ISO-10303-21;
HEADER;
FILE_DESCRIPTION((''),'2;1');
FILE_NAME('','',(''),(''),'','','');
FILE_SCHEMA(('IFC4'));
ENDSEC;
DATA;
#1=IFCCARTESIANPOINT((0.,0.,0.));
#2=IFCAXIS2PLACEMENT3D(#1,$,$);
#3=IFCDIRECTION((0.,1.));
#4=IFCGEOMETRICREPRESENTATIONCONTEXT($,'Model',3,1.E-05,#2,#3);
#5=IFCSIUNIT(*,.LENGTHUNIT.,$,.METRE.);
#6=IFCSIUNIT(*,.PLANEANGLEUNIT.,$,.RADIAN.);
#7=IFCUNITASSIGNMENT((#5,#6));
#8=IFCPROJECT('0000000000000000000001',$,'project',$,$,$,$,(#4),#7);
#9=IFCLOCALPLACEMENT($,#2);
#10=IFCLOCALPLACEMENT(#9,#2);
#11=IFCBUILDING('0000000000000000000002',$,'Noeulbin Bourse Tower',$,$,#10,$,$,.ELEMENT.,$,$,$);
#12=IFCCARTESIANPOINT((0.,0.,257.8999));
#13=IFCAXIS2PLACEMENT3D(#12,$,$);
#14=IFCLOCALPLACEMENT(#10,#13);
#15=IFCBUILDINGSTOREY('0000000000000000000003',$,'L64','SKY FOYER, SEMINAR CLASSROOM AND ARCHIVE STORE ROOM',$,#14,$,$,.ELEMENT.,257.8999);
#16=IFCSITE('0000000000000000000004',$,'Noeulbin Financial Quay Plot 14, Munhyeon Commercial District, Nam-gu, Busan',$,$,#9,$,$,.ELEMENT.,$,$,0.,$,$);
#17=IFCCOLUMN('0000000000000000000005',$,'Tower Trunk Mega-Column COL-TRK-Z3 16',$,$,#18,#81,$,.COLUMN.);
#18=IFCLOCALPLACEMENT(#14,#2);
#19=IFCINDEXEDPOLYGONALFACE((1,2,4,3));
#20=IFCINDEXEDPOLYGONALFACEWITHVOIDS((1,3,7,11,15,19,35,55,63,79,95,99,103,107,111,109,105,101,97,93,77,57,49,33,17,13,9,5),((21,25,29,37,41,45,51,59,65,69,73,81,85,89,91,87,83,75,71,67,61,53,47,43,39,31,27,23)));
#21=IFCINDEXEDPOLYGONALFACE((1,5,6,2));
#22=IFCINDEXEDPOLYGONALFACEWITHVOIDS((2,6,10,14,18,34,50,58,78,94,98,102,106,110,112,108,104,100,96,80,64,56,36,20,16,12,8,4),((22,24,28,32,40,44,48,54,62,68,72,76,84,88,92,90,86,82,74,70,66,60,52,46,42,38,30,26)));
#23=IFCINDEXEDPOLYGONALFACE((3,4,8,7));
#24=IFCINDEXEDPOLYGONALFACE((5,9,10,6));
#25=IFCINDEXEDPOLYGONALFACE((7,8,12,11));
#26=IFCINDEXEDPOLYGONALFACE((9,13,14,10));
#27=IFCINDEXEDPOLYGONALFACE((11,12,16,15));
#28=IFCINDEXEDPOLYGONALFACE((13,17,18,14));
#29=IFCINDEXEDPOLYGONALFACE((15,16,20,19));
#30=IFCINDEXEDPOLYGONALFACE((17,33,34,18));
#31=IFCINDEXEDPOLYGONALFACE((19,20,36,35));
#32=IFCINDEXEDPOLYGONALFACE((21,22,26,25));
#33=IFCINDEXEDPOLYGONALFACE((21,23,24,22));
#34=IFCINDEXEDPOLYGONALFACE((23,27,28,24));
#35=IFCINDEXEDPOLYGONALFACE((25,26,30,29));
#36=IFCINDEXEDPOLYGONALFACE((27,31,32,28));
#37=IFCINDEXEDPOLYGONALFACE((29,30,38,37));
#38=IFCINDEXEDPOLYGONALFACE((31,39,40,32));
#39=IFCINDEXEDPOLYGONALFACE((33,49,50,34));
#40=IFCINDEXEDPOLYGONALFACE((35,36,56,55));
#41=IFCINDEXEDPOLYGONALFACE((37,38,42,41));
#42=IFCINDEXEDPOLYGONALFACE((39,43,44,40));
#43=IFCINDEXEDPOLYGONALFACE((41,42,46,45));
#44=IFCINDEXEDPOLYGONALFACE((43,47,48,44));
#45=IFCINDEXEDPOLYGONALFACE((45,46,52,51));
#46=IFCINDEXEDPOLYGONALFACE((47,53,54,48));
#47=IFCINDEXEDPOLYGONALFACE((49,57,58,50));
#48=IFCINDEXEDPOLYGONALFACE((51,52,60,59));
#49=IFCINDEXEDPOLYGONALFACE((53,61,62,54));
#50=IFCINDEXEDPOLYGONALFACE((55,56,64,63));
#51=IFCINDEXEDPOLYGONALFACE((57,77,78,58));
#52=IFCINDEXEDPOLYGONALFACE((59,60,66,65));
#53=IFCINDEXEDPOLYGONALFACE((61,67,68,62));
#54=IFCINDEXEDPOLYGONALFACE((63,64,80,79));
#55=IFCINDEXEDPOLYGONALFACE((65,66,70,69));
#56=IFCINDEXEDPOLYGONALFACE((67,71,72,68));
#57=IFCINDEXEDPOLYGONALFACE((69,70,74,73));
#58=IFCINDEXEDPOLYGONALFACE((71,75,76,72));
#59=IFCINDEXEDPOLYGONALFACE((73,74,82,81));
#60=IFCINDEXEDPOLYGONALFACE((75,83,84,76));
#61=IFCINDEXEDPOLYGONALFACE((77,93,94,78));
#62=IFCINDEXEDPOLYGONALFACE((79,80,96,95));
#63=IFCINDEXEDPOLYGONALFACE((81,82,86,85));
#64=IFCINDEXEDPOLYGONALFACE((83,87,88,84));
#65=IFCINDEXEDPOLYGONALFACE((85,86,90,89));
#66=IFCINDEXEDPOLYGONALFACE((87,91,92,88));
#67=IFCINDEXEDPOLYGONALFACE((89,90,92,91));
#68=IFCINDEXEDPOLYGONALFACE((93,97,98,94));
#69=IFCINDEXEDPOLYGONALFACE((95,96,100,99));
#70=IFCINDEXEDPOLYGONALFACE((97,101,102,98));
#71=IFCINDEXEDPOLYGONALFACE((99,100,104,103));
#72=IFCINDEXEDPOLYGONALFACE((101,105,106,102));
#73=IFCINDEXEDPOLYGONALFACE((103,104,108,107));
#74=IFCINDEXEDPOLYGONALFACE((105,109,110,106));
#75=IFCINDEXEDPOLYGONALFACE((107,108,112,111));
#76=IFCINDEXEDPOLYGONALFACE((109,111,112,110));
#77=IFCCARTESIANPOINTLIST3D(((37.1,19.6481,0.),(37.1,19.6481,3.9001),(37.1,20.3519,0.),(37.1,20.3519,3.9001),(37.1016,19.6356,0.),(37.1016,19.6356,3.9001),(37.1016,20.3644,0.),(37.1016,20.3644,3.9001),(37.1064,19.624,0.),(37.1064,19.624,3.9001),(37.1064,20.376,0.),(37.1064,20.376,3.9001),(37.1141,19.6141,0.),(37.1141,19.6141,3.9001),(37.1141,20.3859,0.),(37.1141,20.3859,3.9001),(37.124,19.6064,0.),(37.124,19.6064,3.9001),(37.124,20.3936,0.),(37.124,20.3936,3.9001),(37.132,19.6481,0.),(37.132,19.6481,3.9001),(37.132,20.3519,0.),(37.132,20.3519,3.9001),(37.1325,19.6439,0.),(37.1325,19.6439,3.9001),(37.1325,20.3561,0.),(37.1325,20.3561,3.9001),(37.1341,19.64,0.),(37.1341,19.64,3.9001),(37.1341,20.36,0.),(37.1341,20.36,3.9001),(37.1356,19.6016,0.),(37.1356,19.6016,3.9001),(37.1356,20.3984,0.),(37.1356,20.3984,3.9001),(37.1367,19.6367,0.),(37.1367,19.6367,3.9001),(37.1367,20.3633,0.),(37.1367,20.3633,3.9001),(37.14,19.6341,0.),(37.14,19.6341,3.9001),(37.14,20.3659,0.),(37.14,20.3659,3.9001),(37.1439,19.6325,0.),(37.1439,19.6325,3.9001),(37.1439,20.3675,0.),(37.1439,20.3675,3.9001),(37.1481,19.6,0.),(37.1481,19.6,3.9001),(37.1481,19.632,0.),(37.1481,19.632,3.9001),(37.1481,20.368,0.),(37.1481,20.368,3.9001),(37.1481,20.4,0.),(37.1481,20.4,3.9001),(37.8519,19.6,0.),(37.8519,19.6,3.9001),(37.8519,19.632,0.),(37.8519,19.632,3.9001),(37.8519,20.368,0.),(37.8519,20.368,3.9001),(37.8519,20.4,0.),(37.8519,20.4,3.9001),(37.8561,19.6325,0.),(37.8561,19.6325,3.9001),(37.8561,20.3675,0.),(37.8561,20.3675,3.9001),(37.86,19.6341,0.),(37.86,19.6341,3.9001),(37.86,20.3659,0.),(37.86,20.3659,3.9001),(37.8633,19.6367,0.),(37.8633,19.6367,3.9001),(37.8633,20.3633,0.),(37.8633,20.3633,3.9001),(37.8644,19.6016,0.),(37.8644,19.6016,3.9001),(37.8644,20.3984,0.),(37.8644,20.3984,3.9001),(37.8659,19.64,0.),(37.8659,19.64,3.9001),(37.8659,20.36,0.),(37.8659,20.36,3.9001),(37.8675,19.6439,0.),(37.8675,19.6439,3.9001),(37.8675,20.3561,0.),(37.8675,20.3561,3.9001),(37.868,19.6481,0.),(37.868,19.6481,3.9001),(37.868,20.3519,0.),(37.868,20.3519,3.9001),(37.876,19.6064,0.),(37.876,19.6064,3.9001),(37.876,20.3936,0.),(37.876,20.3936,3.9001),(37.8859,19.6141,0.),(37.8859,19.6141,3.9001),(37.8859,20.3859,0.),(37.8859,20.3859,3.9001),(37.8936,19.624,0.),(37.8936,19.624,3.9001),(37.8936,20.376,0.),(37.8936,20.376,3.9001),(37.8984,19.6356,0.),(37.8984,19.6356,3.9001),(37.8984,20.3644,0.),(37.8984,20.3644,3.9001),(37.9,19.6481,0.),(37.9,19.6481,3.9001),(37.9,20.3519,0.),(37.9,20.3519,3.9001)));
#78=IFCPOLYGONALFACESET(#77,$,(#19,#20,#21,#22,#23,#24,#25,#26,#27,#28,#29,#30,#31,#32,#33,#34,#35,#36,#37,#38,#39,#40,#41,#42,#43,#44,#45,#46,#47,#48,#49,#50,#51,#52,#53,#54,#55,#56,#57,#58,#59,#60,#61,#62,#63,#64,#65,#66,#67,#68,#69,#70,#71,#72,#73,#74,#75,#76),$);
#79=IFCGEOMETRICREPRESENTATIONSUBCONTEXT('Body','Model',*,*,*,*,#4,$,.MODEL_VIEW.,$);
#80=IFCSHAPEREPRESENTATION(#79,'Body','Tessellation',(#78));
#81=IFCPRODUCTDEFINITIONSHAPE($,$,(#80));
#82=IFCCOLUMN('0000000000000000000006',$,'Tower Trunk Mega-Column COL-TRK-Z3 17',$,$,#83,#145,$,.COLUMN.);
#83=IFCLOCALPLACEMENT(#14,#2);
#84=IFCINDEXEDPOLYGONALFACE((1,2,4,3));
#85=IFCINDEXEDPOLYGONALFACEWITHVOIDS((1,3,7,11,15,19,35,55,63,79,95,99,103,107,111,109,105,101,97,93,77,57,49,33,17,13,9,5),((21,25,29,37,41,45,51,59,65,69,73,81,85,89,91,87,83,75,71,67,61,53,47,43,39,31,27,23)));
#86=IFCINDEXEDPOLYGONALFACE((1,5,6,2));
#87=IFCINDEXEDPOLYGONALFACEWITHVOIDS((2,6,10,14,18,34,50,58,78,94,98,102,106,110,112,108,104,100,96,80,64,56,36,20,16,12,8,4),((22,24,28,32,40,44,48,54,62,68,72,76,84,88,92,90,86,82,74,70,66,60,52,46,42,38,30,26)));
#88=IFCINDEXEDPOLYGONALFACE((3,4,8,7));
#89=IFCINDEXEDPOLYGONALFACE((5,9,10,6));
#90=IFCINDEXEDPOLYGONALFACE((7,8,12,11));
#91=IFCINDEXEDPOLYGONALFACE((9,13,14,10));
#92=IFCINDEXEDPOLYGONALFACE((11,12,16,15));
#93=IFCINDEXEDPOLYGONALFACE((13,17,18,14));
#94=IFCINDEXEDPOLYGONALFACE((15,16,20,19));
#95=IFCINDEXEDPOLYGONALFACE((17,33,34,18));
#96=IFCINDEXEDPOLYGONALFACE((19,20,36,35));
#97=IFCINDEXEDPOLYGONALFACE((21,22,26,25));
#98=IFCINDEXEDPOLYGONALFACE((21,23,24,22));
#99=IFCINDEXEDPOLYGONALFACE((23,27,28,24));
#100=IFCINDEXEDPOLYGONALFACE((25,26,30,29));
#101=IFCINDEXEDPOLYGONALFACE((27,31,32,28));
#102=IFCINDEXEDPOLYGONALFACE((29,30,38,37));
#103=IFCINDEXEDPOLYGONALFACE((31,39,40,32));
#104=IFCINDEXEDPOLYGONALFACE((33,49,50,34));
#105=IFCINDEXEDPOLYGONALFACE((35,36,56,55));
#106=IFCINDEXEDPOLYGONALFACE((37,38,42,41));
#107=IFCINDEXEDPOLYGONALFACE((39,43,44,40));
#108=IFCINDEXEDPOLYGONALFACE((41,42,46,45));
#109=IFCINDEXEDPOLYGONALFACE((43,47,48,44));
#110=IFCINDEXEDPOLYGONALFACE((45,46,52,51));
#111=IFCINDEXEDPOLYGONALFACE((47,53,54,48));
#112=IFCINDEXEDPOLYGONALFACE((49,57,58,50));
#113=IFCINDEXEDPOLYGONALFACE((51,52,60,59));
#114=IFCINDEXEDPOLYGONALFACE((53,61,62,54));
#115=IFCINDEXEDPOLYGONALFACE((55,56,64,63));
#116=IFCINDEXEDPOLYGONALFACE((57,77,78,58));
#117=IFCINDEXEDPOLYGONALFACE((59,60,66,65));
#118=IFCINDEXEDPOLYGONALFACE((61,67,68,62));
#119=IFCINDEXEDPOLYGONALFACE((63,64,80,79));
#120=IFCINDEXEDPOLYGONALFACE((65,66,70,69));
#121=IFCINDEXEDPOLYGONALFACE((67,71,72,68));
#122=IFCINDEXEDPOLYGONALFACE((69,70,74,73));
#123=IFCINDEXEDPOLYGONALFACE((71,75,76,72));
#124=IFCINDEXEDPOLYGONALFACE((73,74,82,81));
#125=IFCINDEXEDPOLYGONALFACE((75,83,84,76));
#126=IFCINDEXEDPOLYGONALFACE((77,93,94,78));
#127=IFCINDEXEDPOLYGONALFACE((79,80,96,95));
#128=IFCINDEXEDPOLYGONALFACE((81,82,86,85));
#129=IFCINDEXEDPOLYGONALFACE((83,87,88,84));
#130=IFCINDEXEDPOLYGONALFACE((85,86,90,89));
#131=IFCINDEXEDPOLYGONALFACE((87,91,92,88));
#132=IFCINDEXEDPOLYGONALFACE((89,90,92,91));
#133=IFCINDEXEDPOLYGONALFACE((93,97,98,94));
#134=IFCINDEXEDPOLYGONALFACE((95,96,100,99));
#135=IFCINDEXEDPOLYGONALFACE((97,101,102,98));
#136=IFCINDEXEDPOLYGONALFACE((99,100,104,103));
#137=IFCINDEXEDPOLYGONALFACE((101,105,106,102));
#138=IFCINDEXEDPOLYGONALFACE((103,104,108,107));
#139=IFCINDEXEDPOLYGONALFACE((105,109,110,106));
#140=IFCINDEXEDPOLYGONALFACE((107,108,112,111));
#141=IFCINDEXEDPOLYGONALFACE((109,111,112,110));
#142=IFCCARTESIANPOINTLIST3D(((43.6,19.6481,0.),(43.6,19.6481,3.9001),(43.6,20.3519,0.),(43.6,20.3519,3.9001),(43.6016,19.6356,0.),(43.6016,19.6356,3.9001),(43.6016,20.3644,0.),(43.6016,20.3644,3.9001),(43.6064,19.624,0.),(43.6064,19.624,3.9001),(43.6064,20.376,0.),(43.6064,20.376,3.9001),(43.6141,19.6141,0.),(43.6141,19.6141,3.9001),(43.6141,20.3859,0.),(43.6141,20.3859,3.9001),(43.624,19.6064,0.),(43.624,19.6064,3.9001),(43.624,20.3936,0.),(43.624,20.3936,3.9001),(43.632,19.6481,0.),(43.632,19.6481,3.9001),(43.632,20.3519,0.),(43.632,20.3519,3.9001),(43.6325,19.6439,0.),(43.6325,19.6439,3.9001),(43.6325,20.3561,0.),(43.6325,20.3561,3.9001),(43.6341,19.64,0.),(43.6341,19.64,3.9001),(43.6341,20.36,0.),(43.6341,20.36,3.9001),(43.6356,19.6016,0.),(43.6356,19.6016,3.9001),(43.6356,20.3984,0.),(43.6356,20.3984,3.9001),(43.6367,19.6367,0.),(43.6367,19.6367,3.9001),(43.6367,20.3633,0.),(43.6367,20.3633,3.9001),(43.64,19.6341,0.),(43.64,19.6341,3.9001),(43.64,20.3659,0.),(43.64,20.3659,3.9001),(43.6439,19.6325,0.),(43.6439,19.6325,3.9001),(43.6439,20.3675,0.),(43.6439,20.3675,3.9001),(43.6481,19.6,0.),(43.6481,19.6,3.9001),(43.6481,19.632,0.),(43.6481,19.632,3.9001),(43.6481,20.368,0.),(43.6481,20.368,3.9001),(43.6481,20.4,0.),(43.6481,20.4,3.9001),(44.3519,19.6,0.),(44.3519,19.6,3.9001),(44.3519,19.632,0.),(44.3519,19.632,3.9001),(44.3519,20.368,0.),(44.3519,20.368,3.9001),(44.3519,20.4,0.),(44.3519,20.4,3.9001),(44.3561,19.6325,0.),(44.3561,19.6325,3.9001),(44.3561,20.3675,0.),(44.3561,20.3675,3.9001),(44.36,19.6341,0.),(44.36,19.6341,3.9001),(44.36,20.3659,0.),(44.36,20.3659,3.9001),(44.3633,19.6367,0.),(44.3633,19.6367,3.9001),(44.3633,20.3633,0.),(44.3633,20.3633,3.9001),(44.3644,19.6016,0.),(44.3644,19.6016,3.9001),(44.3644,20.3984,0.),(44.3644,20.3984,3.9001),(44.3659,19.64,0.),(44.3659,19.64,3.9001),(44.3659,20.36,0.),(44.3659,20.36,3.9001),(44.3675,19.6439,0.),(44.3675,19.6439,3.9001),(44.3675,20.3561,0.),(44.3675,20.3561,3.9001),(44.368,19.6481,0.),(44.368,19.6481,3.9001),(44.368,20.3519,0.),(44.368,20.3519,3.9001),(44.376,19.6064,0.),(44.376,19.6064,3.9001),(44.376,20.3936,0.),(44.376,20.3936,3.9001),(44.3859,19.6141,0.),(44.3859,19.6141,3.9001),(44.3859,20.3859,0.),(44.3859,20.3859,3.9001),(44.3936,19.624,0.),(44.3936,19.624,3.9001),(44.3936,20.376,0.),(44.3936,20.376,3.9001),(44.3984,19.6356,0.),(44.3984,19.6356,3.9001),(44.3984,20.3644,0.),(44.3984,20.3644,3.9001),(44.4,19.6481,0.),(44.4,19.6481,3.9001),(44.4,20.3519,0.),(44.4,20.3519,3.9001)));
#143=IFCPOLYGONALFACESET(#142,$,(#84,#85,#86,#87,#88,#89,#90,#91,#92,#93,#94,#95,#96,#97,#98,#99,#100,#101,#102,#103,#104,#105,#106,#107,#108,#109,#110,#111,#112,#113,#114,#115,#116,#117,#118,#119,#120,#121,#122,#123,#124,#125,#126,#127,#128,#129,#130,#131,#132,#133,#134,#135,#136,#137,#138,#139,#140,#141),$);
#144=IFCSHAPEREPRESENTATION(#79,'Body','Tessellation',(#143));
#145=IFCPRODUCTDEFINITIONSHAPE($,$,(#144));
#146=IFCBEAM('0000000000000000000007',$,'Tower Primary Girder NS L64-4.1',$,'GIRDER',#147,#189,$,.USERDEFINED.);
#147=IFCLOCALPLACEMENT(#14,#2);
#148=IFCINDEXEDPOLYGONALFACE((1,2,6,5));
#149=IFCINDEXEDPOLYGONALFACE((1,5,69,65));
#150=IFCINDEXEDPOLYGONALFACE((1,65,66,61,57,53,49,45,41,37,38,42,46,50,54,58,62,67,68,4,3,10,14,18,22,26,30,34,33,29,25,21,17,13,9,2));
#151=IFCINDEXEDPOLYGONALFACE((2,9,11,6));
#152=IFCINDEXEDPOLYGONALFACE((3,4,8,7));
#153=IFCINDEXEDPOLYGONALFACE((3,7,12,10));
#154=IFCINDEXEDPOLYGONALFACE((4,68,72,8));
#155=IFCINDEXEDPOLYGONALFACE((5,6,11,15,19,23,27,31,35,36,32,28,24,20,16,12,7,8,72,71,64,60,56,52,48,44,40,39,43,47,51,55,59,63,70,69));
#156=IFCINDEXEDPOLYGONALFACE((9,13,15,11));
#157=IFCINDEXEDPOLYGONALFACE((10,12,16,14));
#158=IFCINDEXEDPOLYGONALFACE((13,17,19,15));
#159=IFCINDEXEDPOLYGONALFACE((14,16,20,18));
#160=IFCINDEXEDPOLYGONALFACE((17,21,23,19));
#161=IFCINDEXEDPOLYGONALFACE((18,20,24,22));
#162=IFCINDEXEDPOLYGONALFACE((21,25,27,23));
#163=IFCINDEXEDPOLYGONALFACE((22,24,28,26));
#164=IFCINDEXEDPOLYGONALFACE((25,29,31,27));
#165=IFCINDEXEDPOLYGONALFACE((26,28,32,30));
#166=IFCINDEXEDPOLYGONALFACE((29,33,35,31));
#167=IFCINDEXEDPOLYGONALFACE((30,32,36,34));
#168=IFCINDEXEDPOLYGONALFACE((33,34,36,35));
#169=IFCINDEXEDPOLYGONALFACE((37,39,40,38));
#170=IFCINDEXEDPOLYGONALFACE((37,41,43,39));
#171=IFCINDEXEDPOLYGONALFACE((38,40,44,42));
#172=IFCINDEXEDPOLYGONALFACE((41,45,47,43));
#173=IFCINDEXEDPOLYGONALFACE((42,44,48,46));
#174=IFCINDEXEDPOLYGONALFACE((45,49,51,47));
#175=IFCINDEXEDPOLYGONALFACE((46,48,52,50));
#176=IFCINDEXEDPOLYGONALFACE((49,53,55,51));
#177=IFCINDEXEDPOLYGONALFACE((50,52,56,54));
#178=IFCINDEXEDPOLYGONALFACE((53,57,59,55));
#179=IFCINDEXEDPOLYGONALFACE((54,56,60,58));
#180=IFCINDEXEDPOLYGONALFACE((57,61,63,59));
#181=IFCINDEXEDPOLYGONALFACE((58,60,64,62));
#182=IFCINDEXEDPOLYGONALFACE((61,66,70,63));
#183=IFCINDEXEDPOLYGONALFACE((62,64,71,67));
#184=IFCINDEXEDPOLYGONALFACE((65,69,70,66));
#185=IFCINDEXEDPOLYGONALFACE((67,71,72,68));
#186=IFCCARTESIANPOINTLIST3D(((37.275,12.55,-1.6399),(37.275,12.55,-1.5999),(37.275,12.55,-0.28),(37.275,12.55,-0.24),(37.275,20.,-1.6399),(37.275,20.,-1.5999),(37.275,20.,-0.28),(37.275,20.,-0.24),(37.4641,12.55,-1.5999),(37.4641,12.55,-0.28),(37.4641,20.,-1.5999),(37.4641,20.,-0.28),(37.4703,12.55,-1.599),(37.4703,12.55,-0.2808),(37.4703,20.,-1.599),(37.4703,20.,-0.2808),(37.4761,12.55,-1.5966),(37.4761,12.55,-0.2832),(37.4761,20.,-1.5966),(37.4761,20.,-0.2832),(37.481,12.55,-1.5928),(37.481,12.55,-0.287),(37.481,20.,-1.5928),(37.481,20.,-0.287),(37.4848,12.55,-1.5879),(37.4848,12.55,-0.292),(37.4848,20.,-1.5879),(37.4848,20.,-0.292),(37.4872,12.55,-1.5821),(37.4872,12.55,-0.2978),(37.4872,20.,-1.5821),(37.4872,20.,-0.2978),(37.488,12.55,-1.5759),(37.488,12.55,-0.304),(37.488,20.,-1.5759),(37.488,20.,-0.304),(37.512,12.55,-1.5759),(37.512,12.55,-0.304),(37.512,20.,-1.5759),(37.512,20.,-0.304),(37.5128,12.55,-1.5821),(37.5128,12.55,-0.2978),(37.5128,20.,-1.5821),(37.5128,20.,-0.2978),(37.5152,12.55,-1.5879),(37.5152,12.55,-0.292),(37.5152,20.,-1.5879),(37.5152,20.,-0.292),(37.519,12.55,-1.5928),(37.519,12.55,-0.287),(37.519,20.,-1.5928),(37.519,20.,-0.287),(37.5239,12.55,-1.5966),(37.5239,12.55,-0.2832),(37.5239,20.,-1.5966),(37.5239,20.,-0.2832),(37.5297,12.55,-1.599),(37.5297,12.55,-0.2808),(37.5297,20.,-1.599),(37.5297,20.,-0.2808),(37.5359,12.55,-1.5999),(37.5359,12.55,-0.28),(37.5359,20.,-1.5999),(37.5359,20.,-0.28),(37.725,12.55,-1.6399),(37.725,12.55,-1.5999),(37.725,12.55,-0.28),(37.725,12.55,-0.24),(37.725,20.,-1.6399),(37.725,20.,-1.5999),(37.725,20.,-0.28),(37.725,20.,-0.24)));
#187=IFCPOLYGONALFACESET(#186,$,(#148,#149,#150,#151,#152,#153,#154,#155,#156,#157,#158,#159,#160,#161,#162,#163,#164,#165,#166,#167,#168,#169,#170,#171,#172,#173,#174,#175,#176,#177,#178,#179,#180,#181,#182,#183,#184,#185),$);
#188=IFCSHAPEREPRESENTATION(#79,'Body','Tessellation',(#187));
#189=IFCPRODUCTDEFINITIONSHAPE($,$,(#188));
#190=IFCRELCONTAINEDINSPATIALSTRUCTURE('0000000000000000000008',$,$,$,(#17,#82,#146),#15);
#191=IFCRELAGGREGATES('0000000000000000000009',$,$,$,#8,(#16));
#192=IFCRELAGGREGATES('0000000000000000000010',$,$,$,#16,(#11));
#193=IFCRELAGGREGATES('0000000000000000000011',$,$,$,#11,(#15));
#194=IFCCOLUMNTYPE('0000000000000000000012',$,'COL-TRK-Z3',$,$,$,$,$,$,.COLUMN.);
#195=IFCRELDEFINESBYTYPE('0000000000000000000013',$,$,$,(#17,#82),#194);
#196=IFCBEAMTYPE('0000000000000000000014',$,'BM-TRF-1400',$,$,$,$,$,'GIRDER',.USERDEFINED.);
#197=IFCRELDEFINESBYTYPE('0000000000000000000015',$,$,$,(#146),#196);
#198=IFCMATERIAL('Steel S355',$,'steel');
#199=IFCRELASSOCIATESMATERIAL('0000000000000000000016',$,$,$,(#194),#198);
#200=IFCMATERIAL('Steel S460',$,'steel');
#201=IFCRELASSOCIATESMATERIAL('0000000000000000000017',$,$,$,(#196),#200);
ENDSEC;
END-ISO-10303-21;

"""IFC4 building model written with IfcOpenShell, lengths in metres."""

from ifc_helpers import new_model, si_unit, direction, frame, origin, origin_2d, place, context, subcontext, project, spatial, hollow_rectangle, i_section, extrude, material, material_profile, profile_set, type_object, element, save


model = new_model("IFC4")

# Units and contexts
model_context = context("Model", 3, precision=1e-05, world=origin(), true_north=direction((0.0, 1.0)))
body_context = subcontext(model_context, "Body", "Model", "MODEL_VIEW")
ifc_project = project(units=[si_unit("LENGTHUNIT", "METRE"), si_unit("PLANEANGLEUNIT", "RADIAN")], contexts=[model_context])

# Site, building, storey
site_placement = place(None, origin())
site = spatial("IfcSite", under=ifc_project, at=site_placement, Name="Noeulbin Financial Quay Plot 14, Munhyeon Commercial District, Nam-gu, Busan", CompositionType="ELEMENT", RefElevation=0.0)
building_placement = place(site_placement, origin())
building = spatial("IfcBuilding", under=site, at=building_placement, Name="Noeulbin Bourse Tower", CompositionType="ELEMENT")
storey_placement = place(building_placement, frame((0.0, 0.0, 257.8999)))
storey = spatial("IfcBuildingStorey", under=building, at=storey_placement, Name="L64", Description="SKY FOYER, SEMINAR CLASSROOM AND ARCHIVE STORE ROOM", CompositionType="ELEMENT", Elevation=257.8999)

# Columns
ifc_material_1 = material(Name="Steel S355", Category="steel")
ifc_material_profile_1 = material_profile(ifc_material_1, hollow_rectangle(XDim=0.8, YDim=0.8, WallThickness=0.032, InnerFilletRadius=0.0161, OuterFilletRadius=0.0481, at=origin_2d()), Name="BOX-800x800x32", Category="LoadBearing")
ifc_profile_set_1 = profile_set([ifc_material_profile_1], Name="Steel S355")
column_type = type_object("IfcColumnType", Name="COL-TRK-Z3", PredefinedType="COLUMN", material=ifc_profile_set_1)
for number, where, z_axis, x_axis, name in (
    (1, (37.5, 20.0, 0.0), (0.0, 0.0, 1.0), (1.0, 0.0, 0.0), "Tower Trunk Mega-Column COL-TRK-Z3 16"),
    (2, (44.0, 20.0, 0.0), (0.0, 0.0, 1.0), (1.0, 0.0, 0.0), "Tower Trunk Mega-Column COL-TRK-Z3 17"),
):
    element("IfcColumn", number, at=place(storey_placement, frame(where, z_axis=z_axis, x_axis=x_axis)), inside=storey, type_object=column_type, Name=name, PredefinedType="COLUMN", context=body_context, shape_type="SweptSolid", body=[
        extrude(hollow_rectangle(XDim=0.8, YDim=0.8, WallThickness=0.032, InnerFilletRadius=0.0161, OuterFilletRadius=0.0481, at=origin_2d()), origin(), (0.0, 0.0, 1.0), 3.9001),
    ])

# Beam
ifc_material_2 = material(Name="Steel S460", Category="steel")
ifc_material_profile_2 = material_profile(ifc_material_2, i_section(OverallWidth=0.45, OverallDepth=1.3999, WebThickness=0.0239, FlangeThickness=0.04, FilletRadius=0.0239, at=origin_2d()), Name="PG-1400x450x24x40", Category="LoadBearing")
ifc_profile_set_2 = profile_set([ifc_material_profile_2], Name="Steel S460")
beam_type = type_object("IfcBeamType", Name="BM-TRF-1400", ElementType="GIRDER", PredefinedType="USERDEFINED", material=ifc_profile_set_2)
beam_1_placement = place(storey_placement, frame((37.5, 12.55, -0.9399), z_axis=(0.0, 1.0, 0.0), x_axis=(-1.0, 0.0, 0.0)))
element("IfcBeam", 3, at=beam_1_placement, inside=storey, type_object=beam_type, Name="Tower Primary Girder NS L64-4.1", ObjectType="GIRDER", PredefinedType="USERDEFINED", context=body_context, shape_type="SweptSolid", body=[
    extrude(i_section(OverallWidth=0.45, OverallDepth=1.3999, WebThickness=0.0239, FlangeThickness=0.04, FilletRadius=0.0239, at=origin_2d()), origin(), (0.0, 0.0, 1.0), 7.45),
])

save(model, "model.ifc")
